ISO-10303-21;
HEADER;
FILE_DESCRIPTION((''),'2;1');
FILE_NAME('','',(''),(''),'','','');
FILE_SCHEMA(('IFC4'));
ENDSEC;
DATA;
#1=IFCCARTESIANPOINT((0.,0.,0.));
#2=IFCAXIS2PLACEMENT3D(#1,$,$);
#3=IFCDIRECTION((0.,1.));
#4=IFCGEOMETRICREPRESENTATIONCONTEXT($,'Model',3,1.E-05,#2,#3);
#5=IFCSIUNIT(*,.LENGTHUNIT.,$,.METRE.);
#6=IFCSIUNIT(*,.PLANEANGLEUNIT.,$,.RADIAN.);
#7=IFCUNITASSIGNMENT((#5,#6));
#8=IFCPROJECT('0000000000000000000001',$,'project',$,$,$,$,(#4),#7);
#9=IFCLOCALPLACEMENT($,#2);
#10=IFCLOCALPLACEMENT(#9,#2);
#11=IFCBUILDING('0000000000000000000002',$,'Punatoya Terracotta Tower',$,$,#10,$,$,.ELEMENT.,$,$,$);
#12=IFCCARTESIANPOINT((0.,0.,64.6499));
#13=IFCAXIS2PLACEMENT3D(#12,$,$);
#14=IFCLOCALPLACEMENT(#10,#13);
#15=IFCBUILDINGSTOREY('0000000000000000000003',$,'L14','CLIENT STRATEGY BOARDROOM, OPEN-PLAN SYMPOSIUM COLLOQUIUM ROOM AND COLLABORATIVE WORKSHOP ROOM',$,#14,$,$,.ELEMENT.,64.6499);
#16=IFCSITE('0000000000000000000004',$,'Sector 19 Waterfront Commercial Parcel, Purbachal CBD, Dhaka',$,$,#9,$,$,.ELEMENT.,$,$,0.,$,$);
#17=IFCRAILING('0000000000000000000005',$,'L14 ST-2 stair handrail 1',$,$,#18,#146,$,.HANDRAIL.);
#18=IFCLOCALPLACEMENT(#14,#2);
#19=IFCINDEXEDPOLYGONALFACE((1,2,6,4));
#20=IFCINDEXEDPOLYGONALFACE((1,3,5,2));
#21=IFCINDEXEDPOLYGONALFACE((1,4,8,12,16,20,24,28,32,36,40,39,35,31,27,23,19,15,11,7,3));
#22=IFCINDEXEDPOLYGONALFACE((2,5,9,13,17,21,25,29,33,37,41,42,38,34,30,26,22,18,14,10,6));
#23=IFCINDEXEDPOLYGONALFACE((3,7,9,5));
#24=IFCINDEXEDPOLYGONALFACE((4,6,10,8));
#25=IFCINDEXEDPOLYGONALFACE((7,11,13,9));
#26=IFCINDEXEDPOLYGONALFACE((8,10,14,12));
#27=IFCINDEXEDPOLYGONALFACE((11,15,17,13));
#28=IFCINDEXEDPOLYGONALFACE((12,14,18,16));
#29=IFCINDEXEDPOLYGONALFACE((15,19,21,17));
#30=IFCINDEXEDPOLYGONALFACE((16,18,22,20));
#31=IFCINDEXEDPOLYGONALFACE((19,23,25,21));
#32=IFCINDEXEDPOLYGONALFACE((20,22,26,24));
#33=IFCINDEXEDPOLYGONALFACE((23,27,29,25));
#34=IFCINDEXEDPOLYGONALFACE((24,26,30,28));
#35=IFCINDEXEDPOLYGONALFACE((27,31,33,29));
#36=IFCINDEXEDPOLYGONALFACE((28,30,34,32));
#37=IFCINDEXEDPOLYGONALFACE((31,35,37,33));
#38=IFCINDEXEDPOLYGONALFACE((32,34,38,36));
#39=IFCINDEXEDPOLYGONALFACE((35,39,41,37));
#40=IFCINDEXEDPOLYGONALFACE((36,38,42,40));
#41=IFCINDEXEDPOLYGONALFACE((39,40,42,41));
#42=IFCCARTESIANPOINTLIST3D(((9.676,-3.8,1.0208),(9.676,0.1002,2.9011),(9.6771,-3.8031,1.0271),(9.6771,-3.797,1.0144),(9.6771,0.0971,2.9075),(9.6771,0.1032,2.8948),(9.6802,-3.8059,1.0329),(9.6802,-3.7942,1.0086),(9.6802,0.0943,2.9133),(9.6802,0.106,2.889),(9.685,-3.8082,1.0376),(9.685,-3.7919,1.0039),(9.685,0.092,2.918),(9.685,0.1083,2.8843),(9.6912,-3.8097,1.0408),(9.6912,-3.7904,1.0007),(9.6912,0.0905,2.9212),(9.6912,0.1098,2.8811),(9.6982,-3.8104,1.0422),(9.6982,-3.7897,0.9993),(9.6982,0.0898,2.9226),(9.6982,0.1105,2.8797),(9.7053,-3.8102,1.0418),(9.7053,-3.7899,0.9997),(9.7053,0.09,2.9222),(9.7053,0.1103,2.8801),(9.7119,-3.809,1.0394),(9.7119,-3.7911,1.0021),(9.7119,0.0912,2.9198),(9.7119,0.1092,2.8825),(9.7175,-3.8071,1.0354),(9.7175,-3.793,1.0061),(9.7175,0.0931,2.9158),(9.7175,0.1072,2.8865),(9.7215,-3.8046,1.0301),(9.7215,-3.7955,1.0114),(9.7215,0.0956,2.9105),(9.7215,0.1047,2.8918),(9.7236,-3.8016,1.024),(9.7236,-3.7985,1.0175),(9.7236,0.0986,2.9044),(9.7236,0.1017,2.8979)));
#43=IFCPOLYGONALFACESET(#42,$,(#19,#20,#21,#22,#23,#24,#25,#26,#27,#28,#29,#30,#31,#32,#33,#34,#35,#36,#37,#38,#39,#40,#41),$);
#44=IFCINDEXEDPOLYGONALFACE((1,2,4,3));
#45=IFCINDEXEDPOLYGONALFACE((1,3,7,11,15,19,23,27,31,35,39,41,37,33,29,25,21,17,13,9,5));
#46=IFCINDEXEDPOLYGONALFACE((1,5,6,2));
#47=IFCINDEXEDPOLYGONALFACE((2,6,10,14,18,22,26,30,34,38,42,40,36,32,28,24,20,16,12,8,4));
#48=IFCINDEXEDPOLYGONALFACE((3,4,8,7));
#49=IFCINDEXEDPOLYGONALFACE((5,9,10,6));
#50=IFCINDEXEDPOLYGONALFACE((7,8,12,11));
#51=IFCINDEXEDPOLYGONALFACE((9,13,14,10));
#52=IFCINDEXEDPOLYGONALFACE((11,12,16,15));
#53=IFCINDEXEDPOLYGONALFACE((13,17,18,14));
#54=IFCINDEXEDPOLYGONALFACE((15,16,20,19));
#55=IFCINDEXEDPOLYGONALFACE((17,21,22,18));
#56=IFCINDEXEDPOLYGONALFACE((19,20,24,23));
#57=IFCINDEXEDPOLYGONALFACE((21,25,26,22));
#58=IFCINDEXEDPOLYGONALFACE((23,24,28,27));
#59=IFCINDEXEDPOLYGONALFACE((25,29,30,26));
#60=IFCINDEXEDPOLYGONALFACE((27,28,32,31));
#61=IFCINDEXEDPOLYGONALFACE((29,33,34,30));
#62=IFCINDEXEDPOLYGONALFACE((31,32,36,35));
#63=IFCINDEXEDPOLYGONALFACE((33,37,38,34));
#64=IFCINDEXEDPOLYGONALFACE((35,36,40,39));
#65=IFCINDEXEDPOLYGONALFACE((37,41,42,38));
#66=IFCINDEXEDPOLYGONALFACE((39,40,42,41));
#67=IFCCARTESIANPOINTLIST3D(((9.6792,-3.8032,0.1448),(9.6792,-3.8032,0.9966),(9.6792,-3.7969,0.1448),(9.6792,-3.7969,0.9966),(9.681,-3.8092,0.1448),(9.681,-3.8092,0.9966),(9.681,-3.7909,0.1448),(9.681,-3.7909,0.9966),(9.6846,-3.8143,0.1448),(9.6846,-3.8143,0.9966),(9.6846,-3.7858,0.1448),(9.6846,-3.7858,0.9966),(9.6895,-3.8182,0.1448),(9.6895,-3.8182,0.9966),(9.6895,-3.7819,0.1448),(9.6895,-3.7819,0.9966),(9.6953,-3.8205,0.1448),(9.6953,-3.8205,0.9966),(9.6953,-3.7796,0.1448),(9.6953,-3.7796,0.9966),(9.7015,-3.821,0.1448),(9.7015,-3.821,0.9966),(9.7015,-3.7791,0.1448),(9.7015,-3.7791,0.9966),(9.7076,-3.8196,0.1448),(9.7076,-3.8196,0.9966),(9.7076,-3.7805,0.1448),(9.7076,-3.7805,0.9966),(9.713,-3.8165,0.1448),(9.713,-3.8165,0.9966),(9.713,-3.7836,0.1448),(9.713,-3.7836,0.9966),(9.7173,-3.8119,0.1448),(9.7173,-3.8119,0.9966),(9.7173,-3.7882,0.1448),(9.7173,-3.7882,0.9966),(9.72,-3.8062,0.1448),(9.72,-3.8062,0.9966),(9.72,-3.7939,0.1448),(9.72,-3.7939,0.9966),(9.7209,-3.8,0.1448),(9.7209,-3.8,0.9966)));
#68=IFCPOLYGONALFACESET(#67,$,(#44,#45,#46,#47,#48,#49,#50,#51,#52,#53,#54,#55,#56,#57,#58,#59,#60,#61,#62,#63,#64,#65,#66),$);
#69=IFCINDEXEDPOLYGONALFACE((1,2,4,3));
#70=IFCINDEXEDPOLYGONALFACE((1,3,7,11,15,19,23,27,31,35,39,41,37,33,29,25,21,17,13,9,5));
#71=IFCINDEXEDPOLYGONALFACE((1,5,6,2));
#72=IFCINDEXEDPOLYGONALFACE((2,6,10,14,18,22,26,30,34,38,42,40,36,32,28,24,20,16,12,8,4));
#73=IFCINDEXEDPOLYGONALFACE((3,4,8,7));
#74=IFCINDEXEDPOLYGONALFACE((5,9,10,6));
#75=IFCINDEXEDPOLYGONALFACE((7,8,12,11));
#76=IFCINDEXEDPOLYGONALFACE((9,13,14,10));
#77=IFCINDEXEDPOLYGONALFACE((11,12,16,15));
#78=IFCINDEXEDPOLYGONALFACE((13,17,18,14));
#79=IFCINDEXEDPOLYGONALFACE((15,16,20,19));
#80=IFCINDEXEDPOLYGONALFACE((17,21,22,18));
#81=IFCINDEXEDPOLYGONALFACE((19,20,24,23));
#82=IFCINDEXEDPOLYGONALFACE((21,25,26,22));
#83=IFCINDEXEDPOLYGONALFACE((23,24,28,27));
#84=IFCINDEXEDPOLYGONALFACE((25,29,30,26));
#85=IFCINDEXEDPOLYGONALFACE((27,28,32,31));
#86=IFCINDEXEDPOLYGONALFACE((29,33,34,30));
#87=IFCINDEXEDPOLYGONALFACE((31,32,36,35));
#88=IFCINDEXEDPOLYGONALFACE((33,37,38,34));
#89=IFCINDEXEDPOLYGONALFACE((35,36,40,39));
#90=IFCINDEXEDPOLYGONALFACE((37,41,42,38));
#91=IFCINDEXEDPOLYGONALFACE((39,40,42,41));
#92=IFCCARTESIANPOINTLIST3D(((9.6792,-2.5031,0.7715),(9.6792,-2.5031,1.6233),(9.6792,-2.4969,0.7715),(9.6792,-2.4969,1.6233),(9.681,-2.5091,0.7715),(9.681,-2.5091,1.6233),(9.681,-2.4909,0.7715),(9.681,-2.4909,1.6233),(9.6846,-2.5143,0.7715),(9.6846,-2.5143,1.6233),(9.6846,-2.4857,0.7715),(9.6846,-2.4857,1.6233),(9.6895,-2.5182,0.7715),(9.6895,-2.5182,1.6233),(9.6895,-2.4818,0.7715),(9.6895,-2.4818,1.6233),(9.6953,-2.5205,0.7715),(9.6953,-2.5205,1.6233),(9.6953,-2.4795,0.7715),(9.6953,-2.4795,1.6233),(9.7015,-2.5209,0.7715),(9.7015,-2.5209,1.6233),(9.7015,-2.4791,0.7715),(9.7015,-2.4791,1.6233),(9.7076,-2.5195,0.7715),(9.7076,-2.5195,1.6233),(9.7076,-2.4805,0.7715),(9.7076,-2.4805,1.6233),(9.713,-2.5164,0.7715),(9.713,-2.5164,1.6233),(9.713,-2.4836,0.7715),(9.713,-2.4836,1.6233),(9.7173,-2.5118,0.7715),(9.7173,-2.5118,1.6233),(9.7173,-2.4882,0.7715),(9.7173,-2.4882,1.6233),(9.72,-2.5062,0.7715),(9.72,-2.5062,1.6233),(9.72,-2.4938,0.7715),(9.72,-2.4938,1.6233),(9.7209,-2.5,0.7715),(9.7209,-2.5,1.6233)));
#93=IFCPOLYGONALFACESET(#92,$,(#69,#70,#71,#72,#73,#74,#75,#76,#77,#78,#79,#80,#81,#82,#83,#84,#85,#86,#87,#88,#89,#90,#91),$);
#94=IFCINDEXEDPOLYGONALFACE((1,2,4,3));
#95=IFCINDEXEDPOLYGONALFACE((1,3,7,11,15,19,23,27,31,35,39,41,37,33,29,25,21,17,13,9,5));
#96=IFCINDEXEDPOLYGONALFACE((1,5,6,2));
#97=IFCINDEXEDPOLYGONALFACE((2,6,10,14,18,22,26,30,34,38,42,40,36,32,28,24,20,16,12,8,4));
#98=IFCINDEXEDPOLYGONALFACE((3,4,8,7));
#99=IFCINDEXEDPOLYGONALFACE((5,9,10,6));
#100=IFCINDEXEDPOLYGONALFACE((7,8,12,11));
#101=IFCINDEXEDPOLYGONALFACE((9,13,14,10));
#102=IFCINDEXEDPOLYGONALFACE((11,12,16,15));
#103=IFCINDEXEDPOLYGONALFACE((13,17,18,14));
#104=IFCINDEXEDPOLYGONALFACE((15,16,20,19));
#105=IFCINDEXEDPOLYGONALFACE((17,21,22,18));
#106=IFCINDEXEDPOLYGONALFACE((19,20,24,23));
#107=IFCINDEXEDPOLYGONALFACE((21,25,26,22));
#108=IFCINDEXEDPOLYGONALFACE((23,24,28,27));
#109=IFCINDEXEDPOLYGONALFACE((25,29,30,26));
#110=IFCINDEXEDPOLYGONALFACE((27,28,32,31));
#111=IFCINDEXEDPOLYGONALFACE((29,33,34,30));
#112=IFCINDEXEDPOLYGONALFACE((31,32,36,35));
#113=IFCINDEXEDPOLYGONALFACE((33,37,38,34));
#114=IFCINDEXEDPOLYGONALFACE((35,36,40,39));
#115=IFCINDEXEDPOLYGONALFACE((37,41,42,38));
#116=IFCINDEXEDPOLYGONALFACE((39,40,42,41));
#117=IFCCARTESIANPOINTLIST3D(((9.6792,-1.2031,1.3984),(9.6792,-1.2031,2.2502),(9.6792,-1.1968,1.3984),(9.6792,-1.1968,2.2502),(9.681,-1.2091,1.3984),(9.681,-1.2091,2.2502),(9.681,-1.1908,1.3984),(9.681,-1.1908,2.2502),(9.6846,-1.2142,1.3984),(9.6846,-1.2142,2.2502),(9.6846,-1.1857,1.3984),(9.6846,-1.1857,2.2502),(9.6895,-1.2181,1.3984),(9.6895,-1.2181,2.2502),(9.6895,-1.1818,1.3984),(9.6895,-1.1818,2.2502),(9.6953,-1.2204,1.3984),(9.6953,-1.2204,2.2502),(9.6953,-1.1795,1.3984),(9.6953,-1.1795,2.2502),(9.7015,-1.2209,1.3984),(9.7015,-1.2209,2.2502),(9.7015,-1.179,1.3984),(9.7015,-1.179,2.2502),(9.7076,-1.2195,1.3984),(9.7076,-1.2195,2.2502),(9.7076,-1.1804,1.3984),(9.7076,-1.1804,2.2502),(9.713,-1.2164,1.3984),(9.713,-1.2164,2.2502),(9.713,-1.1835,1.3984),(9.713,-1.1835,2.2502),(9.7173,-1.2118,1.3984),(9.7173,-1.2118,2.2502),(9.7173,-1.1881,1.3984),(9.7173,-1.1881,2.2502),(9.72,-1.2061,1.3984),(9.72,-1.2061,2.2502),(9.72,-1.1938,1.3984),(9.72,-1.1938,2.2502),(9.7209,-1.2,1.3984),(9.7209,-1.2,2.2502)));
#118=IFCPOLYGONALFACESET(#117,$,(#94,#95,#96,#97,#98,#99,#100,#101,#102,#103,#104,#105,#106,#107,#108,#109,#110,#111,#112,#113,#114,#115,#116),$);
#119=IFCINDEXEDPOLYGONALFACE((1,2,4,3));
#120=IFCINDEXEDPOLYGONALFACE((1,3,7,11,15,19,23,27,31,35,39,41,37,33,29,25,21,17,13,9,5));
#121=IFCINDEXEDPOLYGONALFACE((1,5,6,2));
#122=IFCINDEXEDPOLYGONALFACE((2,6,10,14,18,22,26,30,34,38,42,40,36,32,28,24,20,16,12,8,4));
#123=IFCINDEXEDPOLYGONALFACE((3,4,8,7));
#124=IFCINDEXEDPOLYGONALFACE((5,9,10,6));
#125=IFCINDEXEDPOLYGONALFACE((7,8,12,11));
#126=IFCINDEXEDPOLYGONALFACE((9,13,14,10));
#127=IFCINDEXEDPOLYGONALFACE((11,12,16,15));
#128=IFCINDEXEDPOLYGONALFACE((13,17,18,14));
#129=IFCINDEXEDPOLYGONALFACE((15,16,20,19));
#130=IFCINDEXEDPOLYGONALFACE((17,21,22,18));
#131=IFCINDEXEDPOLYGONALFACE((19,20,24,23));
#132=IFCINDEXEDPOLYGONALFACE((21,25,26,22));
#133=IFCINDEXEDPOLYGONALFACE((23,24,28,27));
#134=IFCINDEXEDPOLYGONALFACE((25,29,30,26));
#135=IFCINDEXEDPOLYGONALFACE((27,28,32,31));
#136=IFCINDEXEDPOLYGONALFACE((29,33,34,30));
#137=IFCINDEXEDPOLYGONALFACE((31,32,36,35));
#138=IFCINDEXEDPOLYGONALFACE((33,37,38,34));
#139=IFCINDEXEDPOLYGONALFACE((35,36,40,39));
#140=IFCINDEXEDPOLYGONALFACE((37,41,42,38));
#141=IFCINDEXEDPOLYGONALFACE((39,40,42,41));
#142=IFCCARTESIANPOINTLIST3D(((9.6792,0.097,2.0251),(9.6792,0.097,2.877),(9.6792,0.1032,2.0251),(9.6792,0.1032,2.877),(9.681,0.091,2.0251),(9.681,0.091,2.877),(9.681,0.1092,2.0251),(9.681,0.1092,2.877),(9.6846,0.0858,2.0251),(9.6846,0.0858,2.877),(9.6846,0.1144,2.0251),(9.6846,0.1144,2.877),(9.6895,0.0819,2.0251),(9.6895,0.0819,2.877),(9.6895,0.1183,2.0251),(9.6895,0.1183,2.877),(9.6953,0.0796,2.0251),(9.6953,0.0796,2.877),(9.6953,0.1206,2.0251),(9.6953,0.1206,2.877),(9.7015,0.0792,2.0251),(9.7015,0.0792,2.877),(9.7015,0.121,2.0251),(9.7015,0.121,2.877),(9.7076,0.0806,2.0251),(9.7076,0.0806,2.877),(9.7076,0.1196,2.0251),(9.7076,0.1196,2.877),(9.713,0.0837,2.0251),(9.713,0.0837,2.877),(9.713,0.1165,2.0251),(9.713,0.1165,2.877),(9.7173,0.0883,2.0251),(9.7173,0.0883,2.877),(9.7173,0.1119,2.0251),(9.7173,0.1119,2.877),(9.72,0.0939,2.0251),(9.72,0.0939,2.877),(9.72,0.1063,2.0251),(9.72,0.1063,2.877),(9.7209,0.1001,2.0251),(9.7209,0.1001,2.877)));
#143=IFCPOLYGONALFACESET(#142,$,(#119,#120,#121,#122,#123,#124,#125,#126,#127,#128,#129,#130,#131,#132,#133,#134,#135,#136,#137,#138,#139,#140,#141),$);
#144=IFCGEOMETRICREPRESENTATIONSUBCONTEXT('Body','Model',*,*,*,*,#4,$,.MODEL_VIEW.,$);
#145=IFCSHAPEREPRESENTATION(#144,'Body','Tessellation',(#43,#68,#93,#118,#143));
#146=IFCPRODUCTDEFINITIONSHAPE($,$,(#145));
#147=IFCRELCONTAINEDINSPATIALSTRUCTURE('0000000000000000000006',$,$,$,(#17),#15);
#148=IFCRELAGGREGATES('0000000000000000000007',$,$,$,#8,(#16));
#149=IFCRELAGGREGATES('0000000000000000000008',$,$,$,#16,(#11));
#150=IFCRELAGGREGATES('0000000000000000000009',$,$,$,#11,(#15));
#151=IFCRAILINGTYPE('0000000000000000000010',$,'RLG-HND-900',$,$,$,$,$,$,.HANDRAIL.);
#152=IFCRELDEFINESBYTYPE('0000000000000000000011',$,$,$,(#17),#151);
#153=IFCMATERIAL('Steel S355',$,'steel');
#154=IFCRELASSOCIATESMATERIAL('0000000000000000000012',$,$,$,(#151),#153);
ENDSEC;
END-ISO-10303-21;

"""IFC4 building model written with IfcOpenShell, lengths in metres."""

from ifc_helpers import new_model, si_unit, direction, frame, origin, origin_2d, place, context, subcontext, project, spatial, circle, extrude, material, type_object, element, save


model = new_model("IFC4")

# Units and contexts
model_context = context("Model", 3, precision=1e-05, world=origin(), true_north=direction((0.0, 1.0)))
body_context = subcontext(model_context, "Body", "Model", "MODEL_VIEW")
ifc_project = project(units=[si_unit("LENGTHUNIT", "METRE"), si_unit("PLANEANGLEUNIT", "RADIAN")], contexts=[model_context])

# Site, building, storey
site_placement = place(None, origin())
site = spatial("IfcSite", under=ifc_project, at=site_placement, Name="Sector 19 Waterfront Commercial Parcel, Purbachal CBD, Dhaka", CompositionType="ELEMENT", RefElevation=0.0)
building_placement = place(site_placement, origin())
building = spatial("IfcBuilding", under=site, at=building_placement, Name="Punatoya Terracotta Tower", CompositionType="ELEMENT")
storey_placement = place(building_placement, frame((0.0, 0.0, 64.6499)))
storey = spatial("IfcBuildingStorey", under=building, at=storey_placement, Name="L14", Description="CLIENT STRATEGY BOARDROOM, OPEN-PLAN SYMPOSIUM COLLOQUIUM ROOM AND COLLABORATIVE WORKSHOP ROOM", CompositionType="ELEMENT", Elevation=64.6499)

# Shared definitions
ifc_material_1 = material(Name="Steel S355", Category="steel")

# Railing
railing_type_1 = type_object("IfcRailingType", Name="RLG-HND-900", PredefinedType="HANDRAIL", material=ifc_material_1)
railing_1_placement = place(storey_placement, frame((9.7, -3.8, 0.1448)))
element("IfcRailing", 1, at=railing_1_placement, inside=storey, type_object=railing_type_1, Name="L14 ST-2 stair handrail 1", PredefinedType="HANDRAIL", context=body_context, shape_type="SweptSolid", body=[
    extrude(circle(Radius=0.0239, at=origin_2d()), frame((0.0, 0.0, 0.876), z_axis=(0.0, 0.900774, 0.434289), x_axis=(-1.0, 0.0, 0.0)), (0.0, 0.0, 1.0), 4.3298),
    extrude(circle(Radius=0.021, at=origin_2d()), origin(), (0.0, 0.0, 1.0), 0.8518),
    extrude(circle(Radius=0.021, at=origin_2d()), frame((0.0, 1.3, 0.6267)), (0.0, 0.0, 1.0), 0.8518),
    extrude(circle(Radius=0.021, at=origin_2d()), frame((0.0, 2.6001, 1.2537)), (0.0, 0.0, 1.0), 0.8518),
    extrude(circle(Radius=0.021, at=origin_2d()), frame((0.0, 3.9001, 1.8804)), (0.0, 0.0, 1.0), 0.8518),
])

save(model, "model.ifc")
